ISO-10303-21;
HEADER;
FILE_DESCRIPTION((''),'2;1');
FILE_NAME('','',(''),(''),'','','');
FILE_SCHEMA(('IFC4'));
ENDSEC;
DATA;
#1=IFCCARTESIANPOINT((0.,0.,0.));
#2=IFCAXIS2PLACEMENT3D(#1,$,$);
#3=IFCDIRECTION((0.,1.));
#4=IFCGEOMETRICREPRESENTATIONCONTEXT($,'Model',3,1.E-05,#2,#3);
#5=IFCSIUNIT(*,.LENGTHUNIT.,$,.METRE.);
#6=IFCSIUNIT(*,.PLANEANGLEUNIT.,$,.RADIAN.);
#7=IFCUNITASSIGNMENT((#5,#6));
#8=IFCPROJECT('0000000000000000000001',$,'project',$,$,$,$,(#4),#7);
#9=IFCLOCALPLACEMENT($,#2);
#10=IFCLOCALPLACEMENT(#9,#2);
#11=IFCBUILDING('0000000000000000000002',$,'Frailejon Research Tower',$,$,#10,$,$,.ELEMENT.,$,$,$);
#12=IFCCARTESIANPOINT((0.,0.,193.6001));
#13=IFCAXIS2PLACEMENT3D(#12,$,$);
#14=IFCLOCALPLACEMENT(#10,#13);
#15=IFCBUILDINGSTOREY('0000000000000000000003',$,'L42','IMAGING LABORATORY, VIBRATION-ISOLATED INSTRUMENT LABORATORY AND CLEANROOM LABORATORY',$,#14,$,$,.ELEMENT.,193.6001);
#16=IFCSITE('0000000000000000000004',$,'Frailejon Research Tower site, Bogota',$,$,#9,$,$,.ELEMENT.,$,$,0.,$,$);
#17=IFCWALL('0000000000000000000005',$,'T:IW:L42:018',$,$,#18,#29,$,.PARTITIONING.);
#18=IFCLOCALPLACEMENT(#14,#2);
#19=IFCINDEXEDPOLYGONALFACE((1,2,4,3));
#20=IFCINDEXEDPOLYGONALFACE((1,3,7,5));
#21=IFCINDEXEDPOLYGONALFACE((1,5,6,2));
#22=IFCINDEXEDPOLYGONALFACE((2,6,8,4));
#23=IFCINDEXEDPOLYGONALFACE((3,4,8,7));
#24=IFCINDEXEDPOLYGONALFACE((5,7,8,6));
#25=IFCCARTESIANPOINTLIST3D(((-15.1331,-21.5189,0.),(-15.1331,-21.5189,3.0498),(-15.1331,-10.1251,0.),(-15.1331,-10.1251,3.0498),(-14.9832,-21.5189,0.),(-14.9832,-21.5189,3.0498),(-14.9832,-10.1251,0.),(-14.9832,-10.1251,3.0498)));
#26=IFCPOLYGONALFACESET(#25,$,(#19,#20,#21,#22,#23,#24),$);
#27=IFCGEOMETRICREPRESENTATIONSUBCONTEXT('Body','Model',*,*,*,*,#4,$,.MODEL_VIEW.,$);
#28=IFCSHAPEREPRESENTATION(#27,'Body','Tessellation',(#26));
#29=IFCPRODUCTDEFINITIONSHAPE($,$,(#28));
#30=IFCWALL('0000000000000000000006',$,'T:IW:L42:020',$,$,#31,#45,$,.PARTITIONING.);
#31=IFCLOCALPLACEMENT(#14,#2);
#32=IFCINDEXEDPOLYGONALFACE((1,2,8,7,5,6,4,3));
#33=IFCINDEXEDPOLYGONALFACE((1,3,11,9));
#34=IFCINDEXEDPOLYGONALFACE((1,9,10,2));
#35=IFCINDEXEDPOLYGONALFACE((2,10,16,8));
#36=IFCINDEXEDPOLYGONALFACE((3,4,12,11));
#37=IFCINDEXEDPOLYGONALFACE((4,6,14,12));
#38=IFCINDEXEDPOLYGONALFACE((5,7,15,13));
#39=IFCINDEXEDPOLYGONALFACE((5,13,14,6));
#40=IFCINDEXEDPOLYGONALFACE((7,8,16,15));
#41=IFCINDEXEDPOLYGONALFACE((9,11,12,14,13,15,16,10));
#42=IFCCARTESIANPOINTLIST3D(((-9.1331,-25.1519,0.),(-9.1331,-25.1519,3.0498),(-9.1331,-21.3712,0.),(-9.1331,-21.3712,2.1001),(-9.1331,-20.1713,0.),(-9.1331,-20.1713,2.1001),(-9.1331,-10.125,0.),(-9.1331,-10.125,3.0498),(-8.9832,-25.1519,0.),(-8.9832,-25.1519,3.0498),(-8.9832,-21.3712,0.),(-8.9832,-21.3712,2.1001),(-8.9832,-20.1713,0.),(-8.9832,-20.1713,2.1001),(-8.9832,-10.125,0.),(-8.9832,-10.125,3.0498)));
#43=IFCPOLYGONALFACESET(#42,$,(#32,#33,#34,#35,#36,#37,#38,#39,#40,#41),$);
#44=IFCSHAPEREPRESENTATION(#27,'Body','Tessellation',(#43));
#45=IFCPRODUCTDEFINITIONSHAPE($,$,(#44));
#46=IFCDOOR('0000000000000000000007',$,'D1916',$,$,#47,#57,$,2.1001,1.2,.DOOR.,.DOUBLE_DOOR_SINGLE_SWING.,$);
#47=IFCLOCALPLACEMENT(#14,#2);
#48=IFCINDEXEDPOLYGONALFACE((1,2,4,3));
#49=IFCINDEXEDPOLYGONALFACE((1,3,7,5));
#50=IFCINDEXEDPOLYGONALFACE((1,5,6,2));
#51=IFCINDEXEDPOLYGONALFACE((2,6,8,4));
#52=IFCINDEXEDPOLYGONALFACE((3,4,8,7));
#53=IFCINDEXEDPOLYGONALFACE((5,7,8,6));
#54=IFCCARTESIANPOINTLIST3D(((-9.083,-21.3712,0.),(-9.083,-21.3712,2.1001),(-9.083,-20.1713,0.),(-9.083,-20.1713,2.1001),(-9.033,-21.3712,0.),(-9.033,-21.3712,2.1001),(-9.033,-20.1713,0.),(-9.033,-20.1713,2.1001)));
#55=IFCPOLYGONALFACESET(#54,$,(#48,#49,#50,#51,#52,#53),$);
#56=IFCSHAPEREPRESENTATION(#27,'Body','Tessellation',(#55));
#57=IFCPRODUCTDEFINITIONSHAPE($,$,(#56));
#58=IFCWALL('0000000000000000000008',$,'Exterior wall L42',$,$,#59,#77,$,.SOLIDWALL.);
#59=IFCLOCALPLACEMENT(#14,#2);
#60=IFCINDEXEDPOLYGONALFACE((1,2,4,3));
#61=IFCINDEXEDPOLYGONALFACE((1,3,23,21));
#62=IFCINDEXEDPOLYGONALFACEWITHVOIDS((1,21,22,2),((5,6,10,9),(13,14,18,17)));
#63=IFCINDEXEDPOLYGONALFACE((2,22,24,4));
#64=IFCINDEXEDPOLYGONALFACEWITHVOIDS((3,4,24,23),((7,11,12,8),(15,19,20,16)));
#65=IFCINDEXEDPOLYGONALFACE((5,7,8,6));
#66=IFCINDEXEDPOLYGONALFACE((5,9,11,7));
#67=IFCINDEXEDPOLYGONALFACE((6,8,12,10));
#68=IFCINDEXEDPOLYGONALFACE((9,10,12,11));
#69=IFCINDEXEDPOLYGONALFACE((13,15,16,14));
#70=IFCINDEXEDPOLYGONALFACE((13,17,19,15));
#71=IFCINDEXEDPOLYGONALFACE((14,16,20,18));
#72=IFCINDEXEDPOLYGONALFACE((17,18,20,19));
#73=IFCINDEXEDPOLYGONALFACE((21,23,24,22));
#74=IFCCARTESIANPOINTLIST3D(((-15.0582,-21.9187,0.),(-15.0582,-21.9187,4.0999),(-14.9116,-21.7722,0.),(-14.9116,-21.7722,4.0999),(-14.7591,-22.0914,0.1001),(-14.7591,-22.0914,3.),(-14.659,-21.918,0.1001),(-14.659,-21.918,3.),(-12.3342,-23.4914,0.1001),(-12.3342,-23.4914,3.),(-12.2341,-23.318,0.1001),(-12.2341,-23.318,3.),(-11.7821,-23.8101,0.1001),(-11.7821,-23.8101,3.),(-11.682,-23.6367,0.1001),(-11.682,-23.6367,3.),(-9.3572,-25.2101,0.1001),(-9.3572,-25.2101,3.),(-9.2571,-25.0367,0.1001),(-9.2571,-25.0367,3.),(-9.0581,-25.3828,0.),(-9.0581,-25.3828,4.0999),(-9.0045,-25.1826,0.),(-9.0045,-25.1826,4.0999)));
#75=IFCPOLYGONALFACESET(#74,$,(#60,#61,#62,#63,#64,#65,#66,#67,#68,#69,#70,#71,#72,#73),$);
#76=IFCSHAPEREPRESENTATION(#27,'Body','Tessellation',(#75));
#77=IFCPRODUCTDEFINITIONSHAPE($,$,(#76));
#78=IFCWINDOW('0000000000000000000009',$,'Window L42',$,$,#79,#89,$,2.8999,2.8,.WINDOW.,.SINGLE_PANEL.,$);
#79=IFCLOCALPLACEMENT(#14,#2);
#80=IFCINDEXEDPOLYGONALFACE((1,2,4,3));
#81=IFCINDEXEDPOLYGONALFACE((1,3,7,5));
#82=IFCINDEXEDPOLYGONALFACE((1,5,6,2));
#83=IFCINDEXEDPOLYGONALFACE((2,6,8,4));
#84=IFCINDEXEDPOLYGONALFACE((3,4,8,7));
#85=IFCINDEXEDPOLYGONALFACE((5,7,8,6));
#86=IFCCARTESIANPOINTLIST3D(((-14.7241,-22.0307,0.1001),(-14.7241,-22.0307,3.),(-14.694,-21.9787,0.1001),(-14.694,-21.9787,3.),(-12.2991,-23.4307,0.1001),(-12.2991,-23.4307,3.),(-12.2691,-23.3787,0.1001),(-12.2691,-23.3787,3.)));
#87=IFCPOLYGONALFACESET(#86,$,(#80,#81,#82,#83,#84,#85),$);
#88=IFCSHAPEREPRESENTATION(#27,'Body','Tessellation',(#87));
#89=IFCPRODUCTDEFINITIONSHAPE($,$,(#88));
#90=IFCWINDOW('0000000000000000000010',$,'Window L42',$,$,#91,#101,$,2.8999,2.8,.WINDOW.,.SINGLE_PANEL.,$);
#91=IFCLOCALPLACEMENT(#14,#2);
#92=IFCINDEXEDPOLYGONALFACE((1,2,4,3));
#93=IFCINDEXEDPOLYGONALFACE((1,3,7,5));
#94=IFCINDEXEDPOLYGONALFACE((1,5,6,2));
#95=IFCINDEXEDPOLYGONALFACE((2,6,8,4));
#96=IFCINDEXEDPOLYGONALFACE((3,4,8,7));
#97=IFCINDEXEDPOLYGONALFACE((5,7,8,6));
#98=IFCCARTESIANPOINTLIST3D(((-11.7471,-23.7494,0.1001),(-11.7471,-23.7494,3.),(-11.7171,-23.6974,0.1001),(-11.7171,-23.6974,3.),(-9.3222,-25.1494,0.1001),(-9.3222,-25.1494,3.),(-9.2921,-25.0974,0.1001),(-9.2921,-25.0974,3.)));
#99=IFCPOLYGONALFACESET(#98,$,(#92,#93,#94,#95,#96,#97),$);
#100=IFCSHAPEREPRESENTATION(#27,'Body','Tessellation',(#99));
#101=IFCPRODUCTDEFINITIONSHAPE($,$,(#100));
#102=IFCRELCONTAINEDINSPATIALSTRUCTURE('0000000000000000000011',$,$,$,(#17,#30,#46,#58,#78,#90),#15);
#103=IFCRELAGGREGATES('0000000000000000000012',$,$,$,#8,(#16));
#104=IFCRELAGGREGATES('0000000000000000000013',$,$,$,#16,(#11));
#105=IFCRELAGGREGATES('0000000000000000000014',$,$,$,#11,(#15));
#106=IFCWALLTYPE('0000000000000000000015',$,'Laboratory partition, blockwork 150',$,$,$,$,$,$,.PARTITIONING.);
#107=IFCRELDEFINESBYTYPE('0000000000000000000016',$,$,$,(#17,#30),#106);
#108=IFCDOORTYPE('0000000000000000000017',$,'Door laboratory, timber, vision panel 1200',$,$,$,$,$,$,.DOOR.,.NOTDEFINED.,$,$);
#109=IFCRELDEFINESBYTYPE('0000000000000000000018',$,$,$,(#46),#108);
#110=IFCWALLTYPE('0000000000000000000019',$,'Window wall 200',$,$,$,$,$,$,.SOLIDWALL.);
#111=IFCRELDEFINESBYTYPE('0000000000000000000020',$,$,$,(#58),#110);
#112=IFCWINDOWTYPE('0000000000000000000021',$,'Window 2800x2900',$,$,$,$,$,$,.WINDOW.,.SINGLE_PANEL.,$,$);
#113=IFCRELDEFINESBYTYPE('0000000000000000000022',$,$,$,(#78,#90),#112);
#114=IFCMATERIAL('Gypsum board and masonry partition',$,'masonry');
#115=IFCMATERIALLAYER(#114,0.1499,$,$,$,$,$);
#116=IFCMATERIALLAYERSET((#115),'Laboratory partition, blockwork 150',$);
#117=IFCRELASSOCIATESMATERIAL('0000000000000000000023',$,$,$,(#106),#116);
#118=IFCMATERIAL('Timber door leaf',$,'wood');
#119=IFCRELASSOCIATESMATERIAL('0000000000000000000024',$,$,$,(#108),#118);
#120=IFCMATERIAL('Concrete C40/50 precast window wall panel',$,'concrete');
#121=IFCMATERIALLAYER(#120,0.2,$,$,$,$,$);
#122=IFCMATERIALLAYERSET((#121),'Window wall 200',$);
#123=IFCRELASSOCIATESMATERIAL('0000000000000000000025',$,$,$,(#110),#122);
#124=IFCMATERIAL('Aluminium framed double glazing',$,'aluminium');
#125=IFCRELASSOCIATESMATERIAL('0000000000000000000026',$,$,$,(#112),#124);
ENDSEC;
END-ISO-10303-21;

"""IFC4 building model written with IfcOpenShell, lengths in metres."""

from ifc_helpers import new_model, si_unit, direction, frame, frame_2d, origin, place, context, subcontext, project, spatial, polyline, rectangle, outline, extrude, material, layer, layer_set, type_object, element, fill, save


model = new_model("IFC4")

# Units and contexts
model_context = context("Model", 3, precision=1e-05, world=origin(), true_north=direction((0.0, 1.0)))
body_context = subcontext(model_context, "Body", "Model", "MODEL_VIEW")
ifc_project = project(units=[si_unit("LENGTHUNIT", "METRE"), si_unit("PLANEANGLEUNIT", "RADIAN")], contexts=[model_context])

# Site, building, storey
site_placement = place(None, origin())
site = spatial("IfcSite", under=ifc_project, at=site_placement, Name="Frailejon Research Tower site, Bogota", CompositionType="ELEMENT", RefElevation=0.0)
building_placement = place(site_placement, origin())
building = spatial("IfcBuilding", under=site, at=building_placement, Name="Frailejon Research Tower", CompositionType="ELEMENT")
storey_placement = place(building_placement, frame((0.0, 0.0, 193.6001)))
storey = spatial("IfcBuildingStorey", under=building, at=storey_placement, Name="L42", Description="IMAGING LABORATORY, VIBRATION-ISOLATED INSTRUMENT LABORATORY AND CLEANROOM LABORATORY", CompositionType="ELEMENT", Elevation=193.6001)

# Wall
ifc_material_1 = material(Name="Gypsum board and masonry partition", Category="masonry")
ifc_layer_1 = layer(ifc_material_1, 0.1499)
ifc_layer_set_1 = layer_set([ifc_layer_1], Name="Laboratory partition, blockwork 150")
wall_type_1 = type_object("IfcWallType", Name="Laboratory partition, blockwork 150", PredefinedType="PARTITIONING", material=ifc_layer_set_1)
wall_1_placement = place(storey_placement, frame((-15.0581, -21.5188, 0.0), z_axis=(0.0, 0.0, 1.0), x_axis=(0.0, 1.0, 0.0)))
element("IfcWall", 1, at=wall_1_placement, inside=storey, type_object=wall_type_1, Name="T:IW:L42:018", PredefinedType="PARTITIONING", context=body_context, shape_type="SweptSolid", body=[
    extrude(rectangle(XDim=11.3938, YDim=0.1499, at=frame_2d((5.6968, 0.0))), origin(), (0.0, 0.0, 1.0), 3.0498),
])

# Wall, opening, door
wall_2_placement = place(storey_placement, frame((-9.0581, -25.1519, 0.0), z_axis=(0.0, 0.0, 1.0), x_axis=(0.0, 1.0, 0.0)))
wall_2 = element("IfcWall", 2, at=wall_2_placement, inside=storey, type_object=wall_type_1, Name="T:IW:L42:020", PredefinedType="PARTITIONING", context=body_context, shape_type="SweptSolid", body=[
    extrude(rectangle(XDim=15.0269, YDim=0.1499, at=frame_2d((7.5134, 0.0))), origin(), (0.0, 0.0, 1.0), 3.0498),
])
opening_1_placement = place(wall_2_placement, frame((3.7805, 0.0, 0.0)))
opening_1 = element("IfcOpeningElement", 3, at=opening_1_placement, cuts=wall_2, PredefinedType="OPENING", context=body_context, shape_type="SweptSolid", body=[
    extrude(rectangle(XDim=1.2, YDim=2.1001, at=frame_2d((0.6001, 1.05))), frame((0.0, 0.085, 0.0), z_axis=(0.0, -1.0, 0.0), x_axis=(1.0, 0.0, 0.0)), (0.0, 0.0, 1.0), 0.1699),
])
ifc_material_2 = material(Name="Timber door leaf", Category="wood")
door_type_1 = type_object("IfcDoorType", Name="Door laboratory, timber, vision panel 1200", OperationType="NOTDEFINED", PredefinedType="DOOR", material=ifc_material_2)
door_1_placement = place(opening_1_placement, origin())
door_1 = element("IfcDoor", 4, at=door_1_placement, inside=storey, type_object=door_type_1, Name="D1916", OperationType="DOUBLE_DOOR_SINGLE_SWING", OverallHeight=2.1001, OverallWidth=1.2, PredefinedType="DOOR", context=body_context, shape_type="SweptSolid", body=[
    extrude(rectangle(XDim=1.2, YDim=2.1001, at=frame_2d((0.6001, 1.05))), frame((0.0, 0.0249, 0.0), z_axis=(0.0, -1.0, 0.0), x_axis=(1.0, 0.0, 0.0)), (0.0, 0.0, 1.0), 0.05),
])
fill(opening_1, door_1)

# Wall, openings, windows
ifc_material_3 = material(Name="Concrete C40/50 precast window wall panel", Category="concrete")
ifc_layer_2 = layer(ifc_material_3, 0.2)
ifc_layer_set_2 = layer_set([ifc_layer_2], Name="Window wall 200")
wall_type_2 = type_object("IfcWallType", Name="Window wall 200", PredefinedType="SOLIDWALL", material=ifc_layer_set_2)
wall_3_placement = place(storey_placement, frame((-14.9849, -21.8455, 0.0), z_axis=(0.0, 0.0, 1.0), x_axis=(0.866029, -0.499993, 0.0)))
wall_3 = element("IfcWall", 5, at=wall_3_placement, inside=storey, type_object=wall_type_2, Name="Exterior wall L42", PredefinedType="SOLIDWALL", context=body_context, shape_type="SweptSolid", body=[
    extrude(outline(polyline([(-0.0269, -0.1001), (1.1279, -0.1001), (2.2825, -0.1001), (3.4373, -0.1001), (4.592, -0.1001), (5.7466, -0.1001), (6.9014, -0.1001), (6.8477, 0.1001), (5.7109, 0.1001), (4.574, 0.1001), (3.4373, 0.1001), (2.3005, 0.1001), (1.1636, 0.1001), (0.0269, 0.1001), (-0.0269, -0.1001)])), origin(), (0.0, 0.0, 1.0), 4.0999),
])
opening_2_placement = place(wall_3_placement, frame((0.3186, 0.0, 0.1001)))
opening_2 = element("IfcOpeningElement", 6, at=opening_2_placement, cuts=wall_3, PredefinedType="OPENING", context=body_context, shape_type="SweptSolid", body=[
    extrude(rectangle(XDim=2.8, YDim=2.8999, at=frame_2d((1.3999, 1.45))), frame((0.0, 0.1099, 0.0), z_axis=(0.0, -1.0, 0.0), x_axis=(1.0, 0.0, 0.0)), (0.0, 0.0, 1.0), 0.22),
])
opening_3_placement = place(wall_3_placement, frame((3.7561, 0.0, 0.1001)))
opening_3 = element("IfcOpeningElement", 7, at=opening_3_placement, cuts=wall_3, PredefinedType="OPENING", context=body_context, shape_type="SweptSolid", body=[
    extrude(rectangle(XDim=2.8, YDim=2.8999, at=frame_2d((1.3999, 1.45))), frame((0.0, 0.1099, 0.0), z_axis=(0.0, -1.0, 0.0), x_axis=(1.0, 0.0, 0.0)), (0.0, 0.0, 1.0), 0.22),
])
ifc_material_4 = material(Name="Aluminium framed double glazing", Category="aluminium")
window_type_1 = type_object("IfcWindowType", Name="Window 2800x2900", PartitioningType="SINGLE_PANEL", PredefinedType="WINDOW", material=ifc_material_4)
window_1_placement = place(opening_2_placement, origin())
window_1 = element("IfcWindow", 8, at=window_1_placement, inside=storey, type_object=window_type_1, Name="Window L42", OverallHeight=2.8999, OverallWidth=2.8, PartitioningType="SINGLE_PANEL", PredefinedType="WINDOW", context=body_context, shape_type="SweptSolid", body=[
    extrude(rectangle(XDim=2.8, YDim=2.8999, at=frame_2d((1.3999, 1.45))), frame((0.0, 0.03, 0.0), z_axis=(0.0, -1.0, 0.0), x_axis=(1.0, 0.0, 0.0)), (0.0, 0.0, 1.0), 0.0601),
])
fill(opening_2, window_1)
window_2_placement = place(opening_3_placement, origin())
window_2 = element("IfcWindow", 9, at=window_2_placement, inside=storey, type_object=window_type_1, Name="Window L42", OverallHeight=2.8999, OverallWidth=2.8, PartitioningType="SINGLE_PANEL", PredefinedType="WINDOW", context=body_context, shape_type="SweptSolid", body=[
    extrude(rectangle(XDim=2.8, YDim=2.8999, at=frame_2d((1.3999, 1.45))), frame((0.0, 0.03, 0.0), z_axis=(0.0, -1.0, 0.0), x_axis=(1.0, 0.0, 0.0)), (0.0, 0.0, 1.0), 0.0601),
])
fill(opening_3, window_2)

save(model, "model.ifc")
